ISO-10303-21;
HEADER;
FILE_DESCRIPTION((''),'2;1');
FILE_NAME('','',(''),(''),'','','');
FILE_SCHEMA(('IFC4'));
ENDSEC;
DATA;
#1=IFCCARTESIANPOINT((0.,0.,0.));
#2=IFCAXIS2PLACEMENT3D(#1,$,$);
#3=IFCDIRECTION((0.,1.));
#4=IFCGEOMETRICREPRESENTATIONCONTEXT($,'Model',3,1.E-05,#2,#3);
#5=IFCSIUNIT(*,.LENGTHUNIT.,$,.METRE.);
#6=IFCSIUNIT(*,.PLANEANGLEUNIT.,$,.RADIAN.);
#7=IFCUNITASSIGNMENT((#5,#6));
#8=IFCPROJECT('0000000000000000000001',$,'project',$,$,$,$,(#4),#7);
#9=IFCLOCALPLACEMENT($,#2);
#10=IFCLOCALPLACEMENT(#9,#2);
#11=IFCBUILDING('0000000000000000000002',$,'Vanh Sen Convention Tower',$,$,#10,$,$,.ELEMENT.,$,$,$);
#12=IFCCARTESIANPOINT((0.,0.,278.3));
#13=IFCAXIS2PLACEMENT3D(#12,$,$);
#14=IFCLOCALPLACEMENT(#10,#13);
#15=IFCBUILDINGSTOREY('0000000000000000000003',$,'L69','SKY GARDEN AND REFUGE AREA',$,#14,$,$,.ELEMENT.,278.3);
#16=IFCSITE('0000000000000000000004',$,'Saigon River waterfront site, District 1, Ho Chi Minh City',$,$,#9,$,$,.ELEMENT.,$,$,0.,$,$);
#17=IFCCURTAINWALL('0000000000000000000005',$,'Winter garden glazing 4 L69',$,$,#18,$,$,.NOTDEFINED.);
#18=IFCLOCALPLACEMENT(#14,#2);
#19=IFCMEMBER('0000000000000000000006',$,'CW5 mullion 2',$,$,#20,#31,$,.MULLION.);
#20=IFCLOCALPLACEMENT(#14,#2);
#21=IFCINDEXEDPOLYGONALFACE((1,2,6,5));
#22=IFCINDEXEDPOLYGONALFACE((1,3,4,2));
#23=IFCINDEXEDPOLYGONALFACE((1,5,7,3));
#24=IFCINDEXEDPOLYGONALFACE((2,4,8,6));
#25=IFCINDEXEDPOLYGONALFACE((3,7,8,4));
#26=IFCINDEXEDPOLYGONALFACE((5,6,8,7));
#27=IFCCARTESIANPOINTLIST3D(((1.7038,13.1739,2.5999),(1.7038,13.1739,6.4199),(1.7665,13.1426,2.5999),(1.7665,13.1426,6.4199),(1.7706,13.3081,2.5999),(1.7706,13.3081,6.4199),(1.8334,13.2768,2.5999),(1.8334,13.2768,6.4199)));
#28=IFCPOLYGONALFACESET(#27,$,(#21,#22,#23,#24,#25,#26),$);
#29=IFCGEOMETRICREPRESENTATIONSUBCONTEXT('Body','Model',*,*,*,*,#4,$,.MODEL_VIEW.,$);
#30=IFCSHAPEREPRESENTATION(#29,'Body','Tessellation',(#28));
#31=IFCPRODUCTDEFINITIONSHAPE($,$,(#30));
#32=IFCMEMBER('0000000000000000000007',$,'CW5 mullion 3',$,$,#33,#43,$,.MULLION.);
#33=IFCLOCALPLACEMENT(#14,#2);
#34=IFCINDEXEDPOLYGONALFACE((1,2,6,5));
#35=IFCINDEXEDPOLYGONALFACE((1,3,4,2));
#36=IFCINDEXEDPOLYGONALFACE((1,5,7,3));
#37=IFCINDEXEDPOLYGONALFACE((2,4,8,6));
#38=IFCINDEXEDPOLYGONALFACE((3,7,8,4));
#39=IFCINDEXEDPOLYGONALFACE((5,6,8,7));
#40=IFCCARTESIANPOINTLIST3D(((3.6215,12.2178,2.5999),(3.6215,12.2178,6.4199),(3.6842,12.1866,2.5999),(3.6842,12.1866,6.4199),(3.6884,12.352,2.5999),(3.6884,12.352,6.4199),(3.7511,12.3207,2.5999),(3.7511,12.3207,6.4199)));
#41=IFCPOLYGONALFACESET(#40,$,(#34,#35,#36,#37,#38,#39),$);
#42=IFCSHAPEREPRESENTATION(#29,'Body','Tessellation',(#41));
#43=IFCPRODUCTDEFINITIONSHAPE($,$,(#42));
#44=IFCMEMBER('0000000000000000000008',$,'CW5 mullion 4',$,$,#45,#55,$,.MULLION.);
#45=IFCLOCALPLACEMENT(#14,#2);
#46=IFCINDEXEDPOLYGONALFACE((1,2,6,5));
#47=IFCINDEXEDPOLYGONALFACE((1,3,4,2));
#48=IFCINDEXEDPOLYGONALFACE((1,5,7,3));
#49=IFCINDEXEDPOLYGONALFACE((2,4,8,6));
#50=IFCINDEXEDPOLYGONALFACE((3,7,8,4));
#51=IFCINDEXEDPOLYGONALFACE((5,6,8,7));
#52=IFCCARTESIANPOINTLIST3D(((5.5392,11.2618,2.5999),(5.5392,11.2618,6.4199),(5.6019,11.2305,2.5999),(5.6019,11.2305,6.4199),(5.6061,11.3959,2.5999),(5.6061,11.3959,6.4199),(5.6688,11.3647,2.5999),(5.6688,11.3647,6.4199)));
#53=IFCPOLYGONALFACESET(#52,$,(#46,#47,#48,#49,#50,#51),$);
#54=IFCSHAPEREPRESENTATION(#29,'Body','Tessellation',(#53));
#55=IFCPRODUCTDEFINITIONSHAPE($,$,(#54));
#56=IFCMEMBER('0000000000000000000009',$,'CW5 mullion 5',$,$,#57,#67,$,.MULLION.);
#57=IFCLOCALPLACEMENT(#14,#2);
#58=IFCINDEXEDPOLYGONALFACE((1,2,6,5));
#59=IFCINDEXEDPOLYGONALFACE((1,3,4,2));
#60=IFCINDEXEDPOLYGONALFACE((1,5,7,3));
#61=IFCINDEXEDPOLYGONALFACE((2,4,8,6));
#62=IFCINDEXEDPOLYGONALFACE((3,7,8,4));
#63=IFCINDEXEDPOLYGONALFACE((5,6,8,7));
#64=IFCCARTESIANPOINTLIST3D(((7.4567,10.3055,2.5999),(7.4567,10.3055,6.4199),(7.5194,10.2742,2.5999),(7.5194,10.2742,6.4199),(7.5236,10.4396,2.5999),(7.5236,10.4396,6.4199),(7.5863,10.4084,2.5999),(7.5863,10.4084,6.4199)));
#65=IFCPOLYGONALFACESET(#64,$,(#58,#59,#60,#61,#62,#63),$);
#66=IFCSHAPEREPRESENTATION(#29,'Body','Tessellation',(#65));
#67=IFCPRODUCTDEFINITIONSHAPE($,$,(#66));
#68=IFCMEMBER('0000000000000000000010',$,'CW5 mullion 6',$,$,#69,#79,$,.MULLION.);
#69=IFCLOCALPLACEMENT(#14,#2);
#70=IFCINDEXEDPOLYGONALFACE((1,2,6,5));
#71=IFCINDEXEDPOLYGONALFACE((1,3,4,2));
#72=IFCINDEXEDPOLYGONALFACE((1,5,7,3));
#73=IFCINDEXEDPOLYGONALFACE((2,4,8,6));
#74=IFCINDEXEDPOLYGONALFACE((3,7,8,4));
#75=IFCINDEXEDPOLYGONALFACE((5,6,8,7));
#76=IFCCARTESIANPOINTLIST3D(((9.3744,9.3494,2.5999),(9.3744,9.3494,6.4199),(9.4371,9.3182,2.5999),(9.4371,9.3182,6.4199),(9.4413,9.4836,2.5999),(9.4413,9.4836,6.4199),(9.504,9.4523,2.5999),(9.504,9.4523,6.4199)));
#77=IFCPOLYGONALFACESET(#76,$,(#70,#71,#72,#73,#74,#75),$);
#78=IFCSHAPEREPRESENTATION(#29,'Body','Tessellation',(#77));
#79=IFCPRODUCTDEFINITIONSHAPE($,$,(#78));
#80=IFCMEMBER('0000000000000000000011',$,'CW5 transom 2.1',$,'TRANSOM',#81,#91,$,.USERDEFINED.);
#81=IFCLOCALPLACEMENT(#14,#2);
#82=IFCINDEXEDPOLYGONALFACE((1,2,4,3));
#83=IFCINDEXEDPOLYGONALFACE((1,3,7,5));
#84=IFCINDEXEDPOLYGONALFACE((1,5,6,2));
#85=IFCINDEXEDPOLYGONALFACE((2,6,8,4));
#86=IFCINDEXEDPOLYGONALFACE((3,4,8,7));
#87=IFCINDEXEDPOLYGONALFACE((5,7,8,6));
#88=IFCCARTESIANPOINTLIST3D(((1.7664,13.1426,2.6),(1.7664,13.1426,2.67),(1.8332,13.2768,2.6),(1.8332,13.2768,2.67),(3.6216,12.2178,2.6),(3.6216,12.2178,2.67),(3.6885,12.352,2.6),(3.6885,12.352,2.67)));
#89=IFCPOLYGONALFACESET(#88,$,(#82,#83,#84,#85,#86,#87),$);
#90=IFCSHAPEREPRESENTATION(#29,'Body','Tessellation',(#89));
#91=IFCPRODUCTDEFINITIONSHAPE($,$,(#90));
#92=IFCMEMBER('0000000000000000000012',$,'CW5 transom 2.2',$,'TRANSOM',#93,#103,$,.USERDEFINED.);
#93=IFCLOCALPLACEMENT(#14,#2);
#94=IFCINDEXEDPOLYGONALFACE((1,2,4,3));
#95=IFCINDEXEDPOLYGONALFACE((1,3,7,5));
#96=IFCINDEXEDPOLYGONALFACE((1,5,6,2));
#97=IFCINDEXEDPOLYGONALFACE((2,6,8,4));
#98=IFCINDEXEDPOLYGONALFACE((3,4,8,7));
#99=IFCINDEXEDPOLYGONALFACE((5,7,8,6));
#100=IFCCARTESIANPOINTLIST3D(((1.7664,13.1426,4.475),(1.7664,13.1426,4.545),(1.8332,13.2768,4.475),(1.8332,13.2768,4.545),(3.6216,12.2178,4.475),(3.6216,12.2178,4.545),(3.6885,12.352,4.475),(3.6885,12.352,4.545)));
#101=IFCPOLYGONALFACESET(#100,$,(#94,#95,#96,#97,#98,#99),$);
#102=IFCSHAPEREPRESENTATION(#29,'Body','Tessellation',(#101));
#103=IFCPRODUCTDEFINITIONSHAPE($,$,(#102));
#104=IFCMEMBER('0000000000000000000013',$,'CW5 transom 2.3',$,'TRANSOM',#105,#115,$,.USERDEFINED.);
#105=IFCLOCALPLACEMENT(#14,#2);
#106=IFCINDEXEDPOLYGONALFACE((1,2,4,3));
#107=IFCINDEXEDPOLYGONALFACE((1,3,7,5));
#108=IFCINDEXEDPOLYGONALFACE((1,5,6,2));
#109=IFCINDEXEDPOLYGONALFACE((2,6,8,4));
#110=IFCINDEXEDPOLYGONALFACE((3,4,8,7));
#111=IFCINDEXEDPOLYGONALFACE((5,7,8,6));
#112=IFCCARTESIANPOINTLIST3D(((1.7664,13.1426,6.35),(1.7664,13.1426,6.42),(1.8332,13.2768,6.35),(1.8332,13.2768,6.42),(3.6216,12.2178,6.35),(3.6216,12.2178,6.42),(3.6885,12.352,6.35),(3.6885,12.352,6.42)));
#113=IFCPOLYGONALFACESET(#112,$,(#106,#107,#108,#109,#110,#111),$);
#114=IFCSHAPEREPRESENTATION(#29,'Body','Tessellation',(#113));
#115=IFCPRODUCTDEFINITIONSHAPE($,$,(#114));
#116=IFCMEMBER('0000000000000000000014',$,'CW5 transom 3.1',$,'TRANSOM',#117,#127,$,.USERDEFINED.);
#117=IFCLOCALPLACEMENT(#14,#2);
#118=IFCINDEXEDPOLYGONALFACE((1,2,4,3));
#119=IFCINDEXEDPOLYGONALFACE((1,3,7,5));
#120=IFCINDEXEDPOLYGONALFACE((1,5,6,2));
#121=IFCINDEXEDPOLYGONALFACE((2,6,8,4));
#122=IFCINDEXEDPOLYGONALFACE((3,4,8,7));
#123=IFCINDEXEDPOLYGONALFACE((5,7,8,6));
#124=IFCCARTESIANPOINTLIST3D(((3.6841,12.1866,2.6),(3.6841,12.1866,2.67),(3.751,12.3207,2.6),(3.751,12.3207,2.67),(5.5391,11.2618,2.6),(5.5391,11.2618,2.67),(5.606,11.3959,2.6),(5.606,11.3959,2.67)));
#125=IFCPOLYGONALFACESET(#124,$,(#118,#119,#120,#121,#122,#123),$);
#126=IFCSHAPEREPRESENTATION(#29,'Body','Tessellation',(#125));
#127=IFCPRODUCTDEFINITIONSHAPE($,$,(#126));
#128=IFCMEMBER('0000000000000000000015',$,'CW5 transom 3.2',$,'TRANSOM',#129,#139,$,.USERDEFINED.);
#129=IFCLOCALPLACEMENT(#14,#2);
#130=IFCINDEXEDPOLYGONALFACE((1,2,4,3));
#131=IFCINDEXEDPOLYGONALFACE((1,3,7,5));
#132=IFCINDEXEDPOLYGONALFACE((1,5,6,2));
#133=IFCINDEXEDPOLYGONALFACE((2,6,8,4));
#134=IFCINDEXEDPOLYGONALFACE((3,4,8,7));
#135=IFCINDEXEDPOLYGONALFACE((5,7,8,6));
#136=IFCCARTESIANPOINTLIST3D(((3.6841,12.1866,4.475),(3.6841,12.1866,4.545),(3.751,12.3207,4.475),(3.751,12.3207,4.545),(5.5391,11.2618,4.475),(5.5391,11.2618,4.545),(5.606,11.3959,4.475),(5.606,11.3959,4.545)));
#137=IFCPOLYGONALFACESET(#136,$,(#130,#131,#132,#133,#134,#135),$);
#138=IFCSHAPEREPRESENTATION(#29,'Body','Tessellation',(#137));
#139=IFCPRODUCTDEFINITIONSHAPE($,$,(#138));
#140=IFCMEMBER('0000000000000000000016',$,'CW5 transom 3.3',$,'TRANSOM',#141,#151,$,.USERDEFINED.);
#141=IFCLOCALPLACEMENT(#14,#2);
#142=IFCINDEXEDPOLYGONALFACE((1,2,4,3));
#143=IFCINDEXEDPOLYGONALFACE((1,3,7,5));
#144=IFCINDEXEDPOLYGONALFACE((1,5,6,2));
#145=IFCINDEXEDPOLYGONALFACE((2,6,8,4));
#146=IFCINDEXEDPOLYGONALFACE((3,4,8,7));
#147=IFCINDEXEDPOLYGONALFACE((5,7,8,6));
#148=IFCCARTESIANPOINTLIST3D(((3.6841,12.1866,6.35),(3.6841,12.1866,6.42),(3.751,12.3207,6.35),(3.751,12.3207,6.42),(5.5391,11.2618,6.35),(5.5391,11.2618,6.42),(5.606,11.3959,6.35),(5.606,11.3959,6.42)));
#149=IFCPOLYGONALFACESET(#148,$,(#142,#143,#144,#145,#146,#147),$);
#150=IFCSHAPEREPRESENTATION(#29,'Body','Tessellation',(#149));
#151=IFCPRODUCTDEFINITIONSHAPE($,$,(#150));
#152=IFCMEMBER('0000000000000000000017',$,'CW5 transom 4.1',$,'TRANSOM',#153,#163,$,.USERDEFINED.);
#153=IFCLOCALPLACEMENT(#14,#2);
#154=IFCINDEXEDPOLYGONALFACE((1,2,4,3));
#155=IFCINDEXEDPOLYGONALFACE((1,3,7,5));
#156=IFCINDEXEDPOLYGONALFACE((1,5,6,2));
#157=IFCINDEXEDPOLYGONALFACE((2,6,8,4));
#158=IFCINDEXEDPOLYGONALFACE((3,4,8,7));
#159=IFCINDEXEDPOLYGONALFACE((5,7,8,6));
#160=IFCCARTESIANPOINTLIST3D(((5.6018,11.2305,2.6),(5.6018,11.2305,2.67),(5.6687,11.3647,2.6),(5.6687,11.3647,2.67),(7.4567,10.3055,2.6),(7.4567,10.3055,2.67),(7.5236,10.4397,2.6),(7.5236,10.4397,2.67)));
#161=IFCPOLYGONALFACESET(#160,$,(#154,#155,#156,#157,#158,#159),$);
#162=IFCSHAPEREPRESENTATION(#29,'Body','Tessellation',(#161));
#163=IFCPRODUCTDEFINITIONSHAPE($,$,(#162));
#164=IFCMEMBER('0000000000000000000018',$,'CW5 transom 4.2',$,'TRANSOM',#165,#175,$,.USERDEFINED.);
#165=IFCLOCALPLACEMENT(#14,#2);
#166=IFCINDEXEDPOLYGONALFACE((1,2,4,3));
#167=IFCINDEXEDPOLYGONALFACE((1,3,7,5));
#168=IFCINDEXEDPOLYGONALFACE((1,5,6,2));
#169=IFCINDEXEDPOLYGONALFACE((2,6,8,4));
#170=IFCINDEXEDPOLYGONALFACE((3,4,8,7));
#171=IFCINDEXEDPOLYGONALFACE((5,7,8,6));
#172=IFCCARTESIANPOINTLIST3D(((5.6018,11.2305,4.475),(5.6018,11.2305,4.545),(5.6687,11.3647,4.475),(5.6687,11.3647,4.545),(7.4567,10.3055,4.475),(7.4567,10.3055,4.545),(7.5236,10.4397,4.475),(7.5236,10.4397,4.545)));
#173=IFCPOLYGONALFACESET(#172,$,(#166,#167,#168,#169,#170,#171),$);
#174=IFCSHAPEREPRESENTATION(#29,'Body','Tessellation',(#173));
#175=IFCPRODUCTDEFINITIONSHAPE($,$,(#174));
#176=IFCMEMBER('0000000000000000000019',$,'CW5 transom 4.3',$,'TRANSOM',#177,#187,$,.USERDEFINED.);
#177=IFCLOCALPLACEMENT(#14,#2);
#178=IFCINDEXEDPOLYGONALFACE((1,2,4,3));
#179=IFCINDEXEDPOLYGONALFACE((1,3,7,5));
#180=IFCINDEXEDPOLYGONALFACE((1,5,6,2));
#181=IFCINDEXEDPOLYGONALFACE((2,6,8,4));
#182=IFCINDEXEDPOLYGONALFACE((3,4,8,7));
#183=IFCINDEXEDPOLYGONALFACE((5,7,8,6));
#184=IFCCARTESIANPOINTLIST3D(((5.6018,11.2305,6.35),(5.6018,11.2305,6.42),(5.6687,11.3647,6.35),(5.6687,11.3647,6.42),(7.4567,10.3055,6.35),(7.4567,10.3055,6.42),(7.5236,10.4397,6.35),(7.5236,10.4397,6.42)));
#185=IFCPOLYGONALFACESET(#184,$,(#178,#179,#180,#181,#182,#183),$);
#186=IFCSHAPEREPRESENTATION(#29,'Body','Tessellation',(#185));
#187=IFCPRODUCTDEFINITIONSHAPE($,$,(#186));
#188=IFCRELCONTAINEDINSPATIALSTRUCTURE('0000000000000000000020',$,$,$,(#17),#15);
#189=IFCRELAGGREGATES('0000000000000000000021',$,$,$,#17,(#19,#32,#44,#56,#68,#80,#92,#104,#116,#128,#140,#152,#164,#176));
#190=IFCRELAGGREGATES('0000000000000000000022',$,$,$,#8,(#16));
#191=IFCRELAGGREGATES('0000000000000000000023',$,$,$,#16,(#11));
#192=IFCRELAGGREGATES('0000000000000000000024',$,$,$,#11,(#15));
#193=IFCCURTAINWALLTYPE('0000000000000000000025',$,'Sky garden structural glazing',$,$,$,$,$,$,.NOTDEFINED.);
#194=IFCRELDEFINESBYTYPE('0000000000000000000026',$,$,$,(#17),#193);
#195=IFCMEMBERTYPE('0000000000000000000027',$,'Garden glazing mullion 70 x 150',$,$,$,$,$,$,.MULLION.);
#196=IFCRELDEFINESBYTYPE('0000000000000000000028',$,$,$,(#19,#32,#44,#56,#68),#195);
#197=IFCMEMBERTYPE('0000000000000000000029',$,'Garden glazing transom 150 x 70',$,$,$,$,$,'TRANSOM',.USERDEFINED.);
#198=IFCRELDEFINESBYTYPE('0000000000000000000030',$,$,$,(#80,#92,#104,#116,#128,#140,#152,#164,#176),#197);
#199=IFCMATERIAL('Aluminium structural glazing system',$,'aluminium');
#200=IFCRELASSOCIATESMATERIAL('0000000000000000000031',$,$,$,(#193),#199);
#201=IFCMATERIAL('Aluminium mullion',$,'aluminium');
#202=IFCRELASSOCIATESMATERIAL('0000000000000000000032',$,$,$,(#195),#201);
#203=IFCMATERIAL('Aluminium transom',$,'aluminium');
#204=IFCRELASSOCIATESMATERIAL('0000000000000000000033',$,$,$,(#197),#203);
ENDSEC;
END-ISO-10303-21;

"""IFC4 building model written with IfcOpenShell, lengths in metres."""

from ifc_helpers import new_model, si_unit, direction, frame, origin, origin_2d, place, context, subcontext, project, spatial, rectangle, extrude, material, material_profile, profile_set, type_object, element, aggregate, save


model = new_model("IFC4")

# Units and contexts
model_context = context("Model", 3, precision=1e-05, world=origin(), true_north=direction((0.0, 1.0)))
body_context = subcontext(model_context, "Body", "Model", "MODEL_VIEW")
ifc_project = project(units=[si_unit("LENGTHUNIT", "METRE"), si_unit("PLANEANGLEUNIT", "RADIAN")], contexts=[model_context])

# Site, building, storey
site_placement = place(None, origin())
site = spatial("IfcSite", under=ifc_project, at=site_placement, Name="Saigon River waterfront site, District 1, Ho Chi Minh City", CompositionType="ELEMENT", RefElevation=0.0)
building_placement = place(site_placement, origin())
building = spatial("IfcBuilding", under=site, at=building_placement, Name="Vanh Sen Convention Tower", CompositionType="ELEMENT")
storey_placement = place(building_placement, frame((0.0, 0.0, 278.3)))
storey = spatial("IfcBuildingStorey", under=building, at=storey_placement, Name="L69", Description="SKY GARDEN AND REFUGE AREA", CompositionType="ELEMENT", Elevation=278.3)

# Curtain wall, members
ifc_material_1 = material(Name="Aluminium structural glazing system", Category="aluminium")
curtain_wall_type = type_object("IfcCurtainWallType", Name="Sky garden structural glazing", PredefinedType="NOTDEFINED", material=ifc_material_1)
curtain_wall_placement = place(storey_placement, origin())
curtain_wall = element("IfcCurtainWall", 1, at=curtain_wall_placement, inside=storey, type_object=curtain_wall_type, Name="Winter garden glazing 4 L69", PredefinedType="NOTDEFINED")
ifc_material_2 = material(Name="Aluminium mullion", Category="aluminium")
ifc_material_profile_1 = material_profile(ifc_material_2, rectangle(XDim=0.1499, YDim=0.0701, at=origin_2d()), Name="Garden glazing mullion 70 x 150")
ifc_profile_set_1 = profile_set([ifc_material_profile_1], Name="Aluminium mullion")
member_type_1 = type_object("IfcMemberType", Name="Garden glazing mullion 70 x 150", PredefinedType="MULLION", material=ifc_profile_set_1)
member_1_placement = place(storey_placement, frame((1.7686, 13.2253, 2.5999), z_axis=(0.0, 0.0, 1.0), x_axis=(0.446199, 0.894934, 0.0)))
member_1 = element("IfcMember", 2, at=member_1_placement, type_object=member_type_1, Name="CW5 mullion 2", PredefinedType="MULLION", context=body_context, shape_type="SweptSolid", body=[
    extrude(rectangle(XDim=0.1499, YDim=0.0701, at=origin_2d()), origin(), (0.0, 0.0, 1.0), 3.8201),
])
member_2_placement = place(storey_placement, frame((3.6863, 12.2693, 2.5999), z_axis=(0.0, 0.0, 1.0), x_axis=(0.446199, 0.894934, 0.0)))
member_2 = element("IfcMember", 3, at=member_2_placement, type_object=member_type_1, Name="CW5 mullion 3", PredefinedType="MULLION", context=body_context, shape_type="SweptSolid", body=[
    extrude(rectangle(XDim=0.1499, YDim=0.0701, at=origin_2d()), origin(), (0.0, 0.0, 1.0), 3.8201),
])
member_3_placement = place(storey_placement, frame((5.604, 11.3132, 2.5999), z_axis=(0.0, 0.0, 1.0), x_axis=(0.446199, 0.894934, 0.0)))
member_3 = element("IfcMember", 4, at=member_3_placement, type_object=member_type_1, Name="CW5 mullion 4", PredefinedType="MULLION", context=body_context, shape_type="SweptSolid", body=[
    extrude(rectangle(XDim=0.1499, YDim=0.0701, at=origin_2d()), origin(), (0.0, 0.0, 1.0), 3.8201),
])
member_4_placement = place(storey_placement, frame((7.5215, 10.3569, 2.5999), z_axis=(0.0, 0.0, 1.0), x_axis=(0.446199, 0.894934, 0.0)))
member_4 = element("IfcMember", 5, at=member_4_placement, type_object=member_type_1, Name="CW5 mullion 5", PredefinedType="MULLION", context=body_context, shape_type="SweptSolid", body=[
    extrude(rectangle(XDim=0.1499, YDim=0.0701, at=origin_2d()), origin(), (0.0, 0.0, 1.0), 3.8201),
])
member_5_placement = place(storey_placement, frame((9.4392, 9.4009, 2.5999), z_axis=(0.0, 0.0, 1.0), x_axis=(0.446199, 0.894934, 0.0)))
member_5 = element("IfcMember", 6, at=member_5_placement, type_object=member_type_1, Name="CW5 mullion 6", PredefinedType="MULLION", context=body_context, shape_type="SweptSolid", body=[
    extrude(rectangle(XDim=0.1499, YDim=0.0701, at=origin_2d()), origin(), (0.0, 0.0, 1.0), 3.8201),
])
ifc_material_3 = material(Name="Aluminium transom", Category="aluminium")
ifc_material_profile_2 = material_profile(ifc_material_3, rectangle(XDim=0.1499, YDim=0.0701, at=origin_2d()), Name="Garden glazing transom 150 x 70")
ifc_profile_set_2 = profile_set([ifc_material_profile_2], Name="Aluminium transom")
member_type_2 = type_object("IfcMemberType", Name="Garden glazing transom 150 x 70", ElementType="TRANSOM", PredefinedType="USERDEFINED", material=ifc_profile_set_2)
member_6_placement = place(storey_placement, frame((1.7998, 13.2097, 2.635), z_axis=(0.894968, -0.44613, 0.0), x_axis=(0.44613, 0.894968, 0.0)))
member_6 = element("IfcMember", 7, at=member_6_placement, type_object=member_type_2, Name="CW5 transom 2.1", ObjectType="TRANSOM", PredefinedType="USERDEFINED", context=body_context, shape_type="SweptSolid", body=[
    extrude(rectangle(XDim=0.1499, YDim=0.0701, at=origin_2d()), origin(), (0.0, 0.0, 1.0), 2.073),
])
member_7_placement = place(storey_placement, frame((1.7998, 13.2097, 4.51), z_axis=(0.894968, -0.44613, 0.0), x_axis=(0.44613, 0.894968, 0.0)))
member_7 = element("IfcMember", 8, at=member_7_placement, type_object=member_type_2, Name="CW5 transom 2.2", ObjectType="TRANSOM", PredefinedType="USERDEFINED", context=body_context, shape_type="SweptSolid", body=[
    extrude(rectangle(XDim=0.1499, YDim=0.0701, at=origin_2d()), origin(), (0.0, 0.0, 1.0), 2.073),
])
member_8_placement = place(storey_placement, frame((1.7998, 13.2097, 6.385), z_axis=(0.894968, -0.44613, 0.0), x_axis=(0.44613, 0.894968, 0.0)))
member_8 = element("IfcMember", 9, at=member_8_placement, type_object=member_type_2, Name="CW5 transom 2.3", ObjectType="TRANSOM", PredefinedType="USERDEFINED", context=body_context, shape_type="SweptSolid", body=[
    extrude(rectangle(XDim=0.1499, YDim=0.0701, at=origin_2d()), origin(), (0.0, 0.0, 1.0), 2.073),
])
member_9_placement = place(storey_placement, frame((3.7175, 12.2537, 2.635), z_axis=(0.894945, -0.446177, 0.0), x_axis=(0.446177, 0.894945, 0.0)))
member_9 = element("IfcMember", 10, at=member_9_placement, type_object=member_type_2, Name="CW5 transom 3.1", ObjectType="TRANSOM", PredefinedType="USERDEFINED", context=body_context, shape_type="SweptSolid", body=[
    extrude(rectangle(XDim=0.1499, YDim=0.0701, at=origin_2d()), origin(), (0.0, 0.0, 1.0), 2.0728),
])
member_10_placement = place(storey_placement, frame((3.7175, 12.2537, 4.51), z_axis=(0.894945, -0.446177, 0.0), x_axis=(0.446177, 0.894945, 0.0)))
member_10 = element("IfcMember", 11, at=member_10_placement, type_object=member_type_2, Name="CW5 transom 3.2", ObjectType="TRANSOM", PredefinedType="USERDEFINED", context=body_context, shape_type="SweptSolid", body=[
    extrude(rectangle(XDim=0.1499, YDim=0.0701, at=origin_2d()), origin(), (0.0, 0.0, 1.0), 2.0728),
])
member_11_placement = place(storey_placement, frame((3.7175, 12.2537, 6.385), z_axis=(0.894945, -0.446177, 0.0), x_axis=(0.446177, 0.894945, 0.0)))
member_11 = element("IfcMember", 12, at=member_11_placement, type_object=member_type_2, Name="CW5 transom 3.3", ObjectType="TRANSOM", PredefinedType="USERDEFINED", context=body_context, shape_type="SweptSolid", body=[
    extrude(rectangle(XDim=0.1499, YDim=0.0701, at=origin_2d()), origin(), (0.0, 0.0, 1.0), 2.0728),
])
member_12_placement = place(storey_placement, frame((5.6353, 11.2976, 2.635), z_axis=(0.894898, -0.446271, 0.0), x_axis=(0.446271, 0.894898, 0.0)))
member_12 = element("IfcMember", 13, at=member_12_placement, type_object=member_type_2, Name="CW5 transom 4.1", ObjectType="TRANSOM", PredefinedType="USERDEFINED", context=body_context, shape_type="SweptSolid", body=[
    extrude(rectangle(XDim=0.1499, YDim=0.0701, at=origin_2d()), origin(), (0.0, 0.0, 1.0), 2.0728),
])
member_13_placement = place(storey_placement, frame((5.6353, 11.2976, 4.51), z_axis=(0.894898, -0.446271, 0.0), x_axis=(0.446271, 0.894898, 0.0)))
member_13 = element("IfcMember", 14, at=member_13_placement, type_object=member_type_2, Name="CW5 transom 4.2", ObjectType="TRANSOM", PredefinedType="USERDEFINED", context=body_context, shape_type="SweptSolid", body=[
    extrude(rectangle(XDim=0.1499, YDim=0.0701, at=origin_2d()), origin(), (0.0, 0.0, 1.0), 2.0728),
])
member_14_placement = place(storey_placement, frame((5.6353, 11.2976, 6.385), z_axis=(0.894898, -0.446271, 0.0), x_axis=(0.446271, 0.894898, 0.0)))
member_14 = element("IfcMember", 15, at=member_14_placement, type_object=member_type_2, Name="CW5 transom 4.3", ObjectType="TRANSOM", PredefinedType="USERDEFINED", context=body_context, shape_type="SweptSolid", body=[
    extrude(rectangle(XDim=0.1499, YDim=0.0701, at=origin_2d()), origin(), (0.0, 0.0, 1.0), 2.0728),
])
aggregate(curtain_wall, [member_1, member_2, member_3, member_4, member_5, member_6, member_7, member_8, member_9, member_10, member_11, member_12, member_13, member_14])

save(model, "model.ifc")
